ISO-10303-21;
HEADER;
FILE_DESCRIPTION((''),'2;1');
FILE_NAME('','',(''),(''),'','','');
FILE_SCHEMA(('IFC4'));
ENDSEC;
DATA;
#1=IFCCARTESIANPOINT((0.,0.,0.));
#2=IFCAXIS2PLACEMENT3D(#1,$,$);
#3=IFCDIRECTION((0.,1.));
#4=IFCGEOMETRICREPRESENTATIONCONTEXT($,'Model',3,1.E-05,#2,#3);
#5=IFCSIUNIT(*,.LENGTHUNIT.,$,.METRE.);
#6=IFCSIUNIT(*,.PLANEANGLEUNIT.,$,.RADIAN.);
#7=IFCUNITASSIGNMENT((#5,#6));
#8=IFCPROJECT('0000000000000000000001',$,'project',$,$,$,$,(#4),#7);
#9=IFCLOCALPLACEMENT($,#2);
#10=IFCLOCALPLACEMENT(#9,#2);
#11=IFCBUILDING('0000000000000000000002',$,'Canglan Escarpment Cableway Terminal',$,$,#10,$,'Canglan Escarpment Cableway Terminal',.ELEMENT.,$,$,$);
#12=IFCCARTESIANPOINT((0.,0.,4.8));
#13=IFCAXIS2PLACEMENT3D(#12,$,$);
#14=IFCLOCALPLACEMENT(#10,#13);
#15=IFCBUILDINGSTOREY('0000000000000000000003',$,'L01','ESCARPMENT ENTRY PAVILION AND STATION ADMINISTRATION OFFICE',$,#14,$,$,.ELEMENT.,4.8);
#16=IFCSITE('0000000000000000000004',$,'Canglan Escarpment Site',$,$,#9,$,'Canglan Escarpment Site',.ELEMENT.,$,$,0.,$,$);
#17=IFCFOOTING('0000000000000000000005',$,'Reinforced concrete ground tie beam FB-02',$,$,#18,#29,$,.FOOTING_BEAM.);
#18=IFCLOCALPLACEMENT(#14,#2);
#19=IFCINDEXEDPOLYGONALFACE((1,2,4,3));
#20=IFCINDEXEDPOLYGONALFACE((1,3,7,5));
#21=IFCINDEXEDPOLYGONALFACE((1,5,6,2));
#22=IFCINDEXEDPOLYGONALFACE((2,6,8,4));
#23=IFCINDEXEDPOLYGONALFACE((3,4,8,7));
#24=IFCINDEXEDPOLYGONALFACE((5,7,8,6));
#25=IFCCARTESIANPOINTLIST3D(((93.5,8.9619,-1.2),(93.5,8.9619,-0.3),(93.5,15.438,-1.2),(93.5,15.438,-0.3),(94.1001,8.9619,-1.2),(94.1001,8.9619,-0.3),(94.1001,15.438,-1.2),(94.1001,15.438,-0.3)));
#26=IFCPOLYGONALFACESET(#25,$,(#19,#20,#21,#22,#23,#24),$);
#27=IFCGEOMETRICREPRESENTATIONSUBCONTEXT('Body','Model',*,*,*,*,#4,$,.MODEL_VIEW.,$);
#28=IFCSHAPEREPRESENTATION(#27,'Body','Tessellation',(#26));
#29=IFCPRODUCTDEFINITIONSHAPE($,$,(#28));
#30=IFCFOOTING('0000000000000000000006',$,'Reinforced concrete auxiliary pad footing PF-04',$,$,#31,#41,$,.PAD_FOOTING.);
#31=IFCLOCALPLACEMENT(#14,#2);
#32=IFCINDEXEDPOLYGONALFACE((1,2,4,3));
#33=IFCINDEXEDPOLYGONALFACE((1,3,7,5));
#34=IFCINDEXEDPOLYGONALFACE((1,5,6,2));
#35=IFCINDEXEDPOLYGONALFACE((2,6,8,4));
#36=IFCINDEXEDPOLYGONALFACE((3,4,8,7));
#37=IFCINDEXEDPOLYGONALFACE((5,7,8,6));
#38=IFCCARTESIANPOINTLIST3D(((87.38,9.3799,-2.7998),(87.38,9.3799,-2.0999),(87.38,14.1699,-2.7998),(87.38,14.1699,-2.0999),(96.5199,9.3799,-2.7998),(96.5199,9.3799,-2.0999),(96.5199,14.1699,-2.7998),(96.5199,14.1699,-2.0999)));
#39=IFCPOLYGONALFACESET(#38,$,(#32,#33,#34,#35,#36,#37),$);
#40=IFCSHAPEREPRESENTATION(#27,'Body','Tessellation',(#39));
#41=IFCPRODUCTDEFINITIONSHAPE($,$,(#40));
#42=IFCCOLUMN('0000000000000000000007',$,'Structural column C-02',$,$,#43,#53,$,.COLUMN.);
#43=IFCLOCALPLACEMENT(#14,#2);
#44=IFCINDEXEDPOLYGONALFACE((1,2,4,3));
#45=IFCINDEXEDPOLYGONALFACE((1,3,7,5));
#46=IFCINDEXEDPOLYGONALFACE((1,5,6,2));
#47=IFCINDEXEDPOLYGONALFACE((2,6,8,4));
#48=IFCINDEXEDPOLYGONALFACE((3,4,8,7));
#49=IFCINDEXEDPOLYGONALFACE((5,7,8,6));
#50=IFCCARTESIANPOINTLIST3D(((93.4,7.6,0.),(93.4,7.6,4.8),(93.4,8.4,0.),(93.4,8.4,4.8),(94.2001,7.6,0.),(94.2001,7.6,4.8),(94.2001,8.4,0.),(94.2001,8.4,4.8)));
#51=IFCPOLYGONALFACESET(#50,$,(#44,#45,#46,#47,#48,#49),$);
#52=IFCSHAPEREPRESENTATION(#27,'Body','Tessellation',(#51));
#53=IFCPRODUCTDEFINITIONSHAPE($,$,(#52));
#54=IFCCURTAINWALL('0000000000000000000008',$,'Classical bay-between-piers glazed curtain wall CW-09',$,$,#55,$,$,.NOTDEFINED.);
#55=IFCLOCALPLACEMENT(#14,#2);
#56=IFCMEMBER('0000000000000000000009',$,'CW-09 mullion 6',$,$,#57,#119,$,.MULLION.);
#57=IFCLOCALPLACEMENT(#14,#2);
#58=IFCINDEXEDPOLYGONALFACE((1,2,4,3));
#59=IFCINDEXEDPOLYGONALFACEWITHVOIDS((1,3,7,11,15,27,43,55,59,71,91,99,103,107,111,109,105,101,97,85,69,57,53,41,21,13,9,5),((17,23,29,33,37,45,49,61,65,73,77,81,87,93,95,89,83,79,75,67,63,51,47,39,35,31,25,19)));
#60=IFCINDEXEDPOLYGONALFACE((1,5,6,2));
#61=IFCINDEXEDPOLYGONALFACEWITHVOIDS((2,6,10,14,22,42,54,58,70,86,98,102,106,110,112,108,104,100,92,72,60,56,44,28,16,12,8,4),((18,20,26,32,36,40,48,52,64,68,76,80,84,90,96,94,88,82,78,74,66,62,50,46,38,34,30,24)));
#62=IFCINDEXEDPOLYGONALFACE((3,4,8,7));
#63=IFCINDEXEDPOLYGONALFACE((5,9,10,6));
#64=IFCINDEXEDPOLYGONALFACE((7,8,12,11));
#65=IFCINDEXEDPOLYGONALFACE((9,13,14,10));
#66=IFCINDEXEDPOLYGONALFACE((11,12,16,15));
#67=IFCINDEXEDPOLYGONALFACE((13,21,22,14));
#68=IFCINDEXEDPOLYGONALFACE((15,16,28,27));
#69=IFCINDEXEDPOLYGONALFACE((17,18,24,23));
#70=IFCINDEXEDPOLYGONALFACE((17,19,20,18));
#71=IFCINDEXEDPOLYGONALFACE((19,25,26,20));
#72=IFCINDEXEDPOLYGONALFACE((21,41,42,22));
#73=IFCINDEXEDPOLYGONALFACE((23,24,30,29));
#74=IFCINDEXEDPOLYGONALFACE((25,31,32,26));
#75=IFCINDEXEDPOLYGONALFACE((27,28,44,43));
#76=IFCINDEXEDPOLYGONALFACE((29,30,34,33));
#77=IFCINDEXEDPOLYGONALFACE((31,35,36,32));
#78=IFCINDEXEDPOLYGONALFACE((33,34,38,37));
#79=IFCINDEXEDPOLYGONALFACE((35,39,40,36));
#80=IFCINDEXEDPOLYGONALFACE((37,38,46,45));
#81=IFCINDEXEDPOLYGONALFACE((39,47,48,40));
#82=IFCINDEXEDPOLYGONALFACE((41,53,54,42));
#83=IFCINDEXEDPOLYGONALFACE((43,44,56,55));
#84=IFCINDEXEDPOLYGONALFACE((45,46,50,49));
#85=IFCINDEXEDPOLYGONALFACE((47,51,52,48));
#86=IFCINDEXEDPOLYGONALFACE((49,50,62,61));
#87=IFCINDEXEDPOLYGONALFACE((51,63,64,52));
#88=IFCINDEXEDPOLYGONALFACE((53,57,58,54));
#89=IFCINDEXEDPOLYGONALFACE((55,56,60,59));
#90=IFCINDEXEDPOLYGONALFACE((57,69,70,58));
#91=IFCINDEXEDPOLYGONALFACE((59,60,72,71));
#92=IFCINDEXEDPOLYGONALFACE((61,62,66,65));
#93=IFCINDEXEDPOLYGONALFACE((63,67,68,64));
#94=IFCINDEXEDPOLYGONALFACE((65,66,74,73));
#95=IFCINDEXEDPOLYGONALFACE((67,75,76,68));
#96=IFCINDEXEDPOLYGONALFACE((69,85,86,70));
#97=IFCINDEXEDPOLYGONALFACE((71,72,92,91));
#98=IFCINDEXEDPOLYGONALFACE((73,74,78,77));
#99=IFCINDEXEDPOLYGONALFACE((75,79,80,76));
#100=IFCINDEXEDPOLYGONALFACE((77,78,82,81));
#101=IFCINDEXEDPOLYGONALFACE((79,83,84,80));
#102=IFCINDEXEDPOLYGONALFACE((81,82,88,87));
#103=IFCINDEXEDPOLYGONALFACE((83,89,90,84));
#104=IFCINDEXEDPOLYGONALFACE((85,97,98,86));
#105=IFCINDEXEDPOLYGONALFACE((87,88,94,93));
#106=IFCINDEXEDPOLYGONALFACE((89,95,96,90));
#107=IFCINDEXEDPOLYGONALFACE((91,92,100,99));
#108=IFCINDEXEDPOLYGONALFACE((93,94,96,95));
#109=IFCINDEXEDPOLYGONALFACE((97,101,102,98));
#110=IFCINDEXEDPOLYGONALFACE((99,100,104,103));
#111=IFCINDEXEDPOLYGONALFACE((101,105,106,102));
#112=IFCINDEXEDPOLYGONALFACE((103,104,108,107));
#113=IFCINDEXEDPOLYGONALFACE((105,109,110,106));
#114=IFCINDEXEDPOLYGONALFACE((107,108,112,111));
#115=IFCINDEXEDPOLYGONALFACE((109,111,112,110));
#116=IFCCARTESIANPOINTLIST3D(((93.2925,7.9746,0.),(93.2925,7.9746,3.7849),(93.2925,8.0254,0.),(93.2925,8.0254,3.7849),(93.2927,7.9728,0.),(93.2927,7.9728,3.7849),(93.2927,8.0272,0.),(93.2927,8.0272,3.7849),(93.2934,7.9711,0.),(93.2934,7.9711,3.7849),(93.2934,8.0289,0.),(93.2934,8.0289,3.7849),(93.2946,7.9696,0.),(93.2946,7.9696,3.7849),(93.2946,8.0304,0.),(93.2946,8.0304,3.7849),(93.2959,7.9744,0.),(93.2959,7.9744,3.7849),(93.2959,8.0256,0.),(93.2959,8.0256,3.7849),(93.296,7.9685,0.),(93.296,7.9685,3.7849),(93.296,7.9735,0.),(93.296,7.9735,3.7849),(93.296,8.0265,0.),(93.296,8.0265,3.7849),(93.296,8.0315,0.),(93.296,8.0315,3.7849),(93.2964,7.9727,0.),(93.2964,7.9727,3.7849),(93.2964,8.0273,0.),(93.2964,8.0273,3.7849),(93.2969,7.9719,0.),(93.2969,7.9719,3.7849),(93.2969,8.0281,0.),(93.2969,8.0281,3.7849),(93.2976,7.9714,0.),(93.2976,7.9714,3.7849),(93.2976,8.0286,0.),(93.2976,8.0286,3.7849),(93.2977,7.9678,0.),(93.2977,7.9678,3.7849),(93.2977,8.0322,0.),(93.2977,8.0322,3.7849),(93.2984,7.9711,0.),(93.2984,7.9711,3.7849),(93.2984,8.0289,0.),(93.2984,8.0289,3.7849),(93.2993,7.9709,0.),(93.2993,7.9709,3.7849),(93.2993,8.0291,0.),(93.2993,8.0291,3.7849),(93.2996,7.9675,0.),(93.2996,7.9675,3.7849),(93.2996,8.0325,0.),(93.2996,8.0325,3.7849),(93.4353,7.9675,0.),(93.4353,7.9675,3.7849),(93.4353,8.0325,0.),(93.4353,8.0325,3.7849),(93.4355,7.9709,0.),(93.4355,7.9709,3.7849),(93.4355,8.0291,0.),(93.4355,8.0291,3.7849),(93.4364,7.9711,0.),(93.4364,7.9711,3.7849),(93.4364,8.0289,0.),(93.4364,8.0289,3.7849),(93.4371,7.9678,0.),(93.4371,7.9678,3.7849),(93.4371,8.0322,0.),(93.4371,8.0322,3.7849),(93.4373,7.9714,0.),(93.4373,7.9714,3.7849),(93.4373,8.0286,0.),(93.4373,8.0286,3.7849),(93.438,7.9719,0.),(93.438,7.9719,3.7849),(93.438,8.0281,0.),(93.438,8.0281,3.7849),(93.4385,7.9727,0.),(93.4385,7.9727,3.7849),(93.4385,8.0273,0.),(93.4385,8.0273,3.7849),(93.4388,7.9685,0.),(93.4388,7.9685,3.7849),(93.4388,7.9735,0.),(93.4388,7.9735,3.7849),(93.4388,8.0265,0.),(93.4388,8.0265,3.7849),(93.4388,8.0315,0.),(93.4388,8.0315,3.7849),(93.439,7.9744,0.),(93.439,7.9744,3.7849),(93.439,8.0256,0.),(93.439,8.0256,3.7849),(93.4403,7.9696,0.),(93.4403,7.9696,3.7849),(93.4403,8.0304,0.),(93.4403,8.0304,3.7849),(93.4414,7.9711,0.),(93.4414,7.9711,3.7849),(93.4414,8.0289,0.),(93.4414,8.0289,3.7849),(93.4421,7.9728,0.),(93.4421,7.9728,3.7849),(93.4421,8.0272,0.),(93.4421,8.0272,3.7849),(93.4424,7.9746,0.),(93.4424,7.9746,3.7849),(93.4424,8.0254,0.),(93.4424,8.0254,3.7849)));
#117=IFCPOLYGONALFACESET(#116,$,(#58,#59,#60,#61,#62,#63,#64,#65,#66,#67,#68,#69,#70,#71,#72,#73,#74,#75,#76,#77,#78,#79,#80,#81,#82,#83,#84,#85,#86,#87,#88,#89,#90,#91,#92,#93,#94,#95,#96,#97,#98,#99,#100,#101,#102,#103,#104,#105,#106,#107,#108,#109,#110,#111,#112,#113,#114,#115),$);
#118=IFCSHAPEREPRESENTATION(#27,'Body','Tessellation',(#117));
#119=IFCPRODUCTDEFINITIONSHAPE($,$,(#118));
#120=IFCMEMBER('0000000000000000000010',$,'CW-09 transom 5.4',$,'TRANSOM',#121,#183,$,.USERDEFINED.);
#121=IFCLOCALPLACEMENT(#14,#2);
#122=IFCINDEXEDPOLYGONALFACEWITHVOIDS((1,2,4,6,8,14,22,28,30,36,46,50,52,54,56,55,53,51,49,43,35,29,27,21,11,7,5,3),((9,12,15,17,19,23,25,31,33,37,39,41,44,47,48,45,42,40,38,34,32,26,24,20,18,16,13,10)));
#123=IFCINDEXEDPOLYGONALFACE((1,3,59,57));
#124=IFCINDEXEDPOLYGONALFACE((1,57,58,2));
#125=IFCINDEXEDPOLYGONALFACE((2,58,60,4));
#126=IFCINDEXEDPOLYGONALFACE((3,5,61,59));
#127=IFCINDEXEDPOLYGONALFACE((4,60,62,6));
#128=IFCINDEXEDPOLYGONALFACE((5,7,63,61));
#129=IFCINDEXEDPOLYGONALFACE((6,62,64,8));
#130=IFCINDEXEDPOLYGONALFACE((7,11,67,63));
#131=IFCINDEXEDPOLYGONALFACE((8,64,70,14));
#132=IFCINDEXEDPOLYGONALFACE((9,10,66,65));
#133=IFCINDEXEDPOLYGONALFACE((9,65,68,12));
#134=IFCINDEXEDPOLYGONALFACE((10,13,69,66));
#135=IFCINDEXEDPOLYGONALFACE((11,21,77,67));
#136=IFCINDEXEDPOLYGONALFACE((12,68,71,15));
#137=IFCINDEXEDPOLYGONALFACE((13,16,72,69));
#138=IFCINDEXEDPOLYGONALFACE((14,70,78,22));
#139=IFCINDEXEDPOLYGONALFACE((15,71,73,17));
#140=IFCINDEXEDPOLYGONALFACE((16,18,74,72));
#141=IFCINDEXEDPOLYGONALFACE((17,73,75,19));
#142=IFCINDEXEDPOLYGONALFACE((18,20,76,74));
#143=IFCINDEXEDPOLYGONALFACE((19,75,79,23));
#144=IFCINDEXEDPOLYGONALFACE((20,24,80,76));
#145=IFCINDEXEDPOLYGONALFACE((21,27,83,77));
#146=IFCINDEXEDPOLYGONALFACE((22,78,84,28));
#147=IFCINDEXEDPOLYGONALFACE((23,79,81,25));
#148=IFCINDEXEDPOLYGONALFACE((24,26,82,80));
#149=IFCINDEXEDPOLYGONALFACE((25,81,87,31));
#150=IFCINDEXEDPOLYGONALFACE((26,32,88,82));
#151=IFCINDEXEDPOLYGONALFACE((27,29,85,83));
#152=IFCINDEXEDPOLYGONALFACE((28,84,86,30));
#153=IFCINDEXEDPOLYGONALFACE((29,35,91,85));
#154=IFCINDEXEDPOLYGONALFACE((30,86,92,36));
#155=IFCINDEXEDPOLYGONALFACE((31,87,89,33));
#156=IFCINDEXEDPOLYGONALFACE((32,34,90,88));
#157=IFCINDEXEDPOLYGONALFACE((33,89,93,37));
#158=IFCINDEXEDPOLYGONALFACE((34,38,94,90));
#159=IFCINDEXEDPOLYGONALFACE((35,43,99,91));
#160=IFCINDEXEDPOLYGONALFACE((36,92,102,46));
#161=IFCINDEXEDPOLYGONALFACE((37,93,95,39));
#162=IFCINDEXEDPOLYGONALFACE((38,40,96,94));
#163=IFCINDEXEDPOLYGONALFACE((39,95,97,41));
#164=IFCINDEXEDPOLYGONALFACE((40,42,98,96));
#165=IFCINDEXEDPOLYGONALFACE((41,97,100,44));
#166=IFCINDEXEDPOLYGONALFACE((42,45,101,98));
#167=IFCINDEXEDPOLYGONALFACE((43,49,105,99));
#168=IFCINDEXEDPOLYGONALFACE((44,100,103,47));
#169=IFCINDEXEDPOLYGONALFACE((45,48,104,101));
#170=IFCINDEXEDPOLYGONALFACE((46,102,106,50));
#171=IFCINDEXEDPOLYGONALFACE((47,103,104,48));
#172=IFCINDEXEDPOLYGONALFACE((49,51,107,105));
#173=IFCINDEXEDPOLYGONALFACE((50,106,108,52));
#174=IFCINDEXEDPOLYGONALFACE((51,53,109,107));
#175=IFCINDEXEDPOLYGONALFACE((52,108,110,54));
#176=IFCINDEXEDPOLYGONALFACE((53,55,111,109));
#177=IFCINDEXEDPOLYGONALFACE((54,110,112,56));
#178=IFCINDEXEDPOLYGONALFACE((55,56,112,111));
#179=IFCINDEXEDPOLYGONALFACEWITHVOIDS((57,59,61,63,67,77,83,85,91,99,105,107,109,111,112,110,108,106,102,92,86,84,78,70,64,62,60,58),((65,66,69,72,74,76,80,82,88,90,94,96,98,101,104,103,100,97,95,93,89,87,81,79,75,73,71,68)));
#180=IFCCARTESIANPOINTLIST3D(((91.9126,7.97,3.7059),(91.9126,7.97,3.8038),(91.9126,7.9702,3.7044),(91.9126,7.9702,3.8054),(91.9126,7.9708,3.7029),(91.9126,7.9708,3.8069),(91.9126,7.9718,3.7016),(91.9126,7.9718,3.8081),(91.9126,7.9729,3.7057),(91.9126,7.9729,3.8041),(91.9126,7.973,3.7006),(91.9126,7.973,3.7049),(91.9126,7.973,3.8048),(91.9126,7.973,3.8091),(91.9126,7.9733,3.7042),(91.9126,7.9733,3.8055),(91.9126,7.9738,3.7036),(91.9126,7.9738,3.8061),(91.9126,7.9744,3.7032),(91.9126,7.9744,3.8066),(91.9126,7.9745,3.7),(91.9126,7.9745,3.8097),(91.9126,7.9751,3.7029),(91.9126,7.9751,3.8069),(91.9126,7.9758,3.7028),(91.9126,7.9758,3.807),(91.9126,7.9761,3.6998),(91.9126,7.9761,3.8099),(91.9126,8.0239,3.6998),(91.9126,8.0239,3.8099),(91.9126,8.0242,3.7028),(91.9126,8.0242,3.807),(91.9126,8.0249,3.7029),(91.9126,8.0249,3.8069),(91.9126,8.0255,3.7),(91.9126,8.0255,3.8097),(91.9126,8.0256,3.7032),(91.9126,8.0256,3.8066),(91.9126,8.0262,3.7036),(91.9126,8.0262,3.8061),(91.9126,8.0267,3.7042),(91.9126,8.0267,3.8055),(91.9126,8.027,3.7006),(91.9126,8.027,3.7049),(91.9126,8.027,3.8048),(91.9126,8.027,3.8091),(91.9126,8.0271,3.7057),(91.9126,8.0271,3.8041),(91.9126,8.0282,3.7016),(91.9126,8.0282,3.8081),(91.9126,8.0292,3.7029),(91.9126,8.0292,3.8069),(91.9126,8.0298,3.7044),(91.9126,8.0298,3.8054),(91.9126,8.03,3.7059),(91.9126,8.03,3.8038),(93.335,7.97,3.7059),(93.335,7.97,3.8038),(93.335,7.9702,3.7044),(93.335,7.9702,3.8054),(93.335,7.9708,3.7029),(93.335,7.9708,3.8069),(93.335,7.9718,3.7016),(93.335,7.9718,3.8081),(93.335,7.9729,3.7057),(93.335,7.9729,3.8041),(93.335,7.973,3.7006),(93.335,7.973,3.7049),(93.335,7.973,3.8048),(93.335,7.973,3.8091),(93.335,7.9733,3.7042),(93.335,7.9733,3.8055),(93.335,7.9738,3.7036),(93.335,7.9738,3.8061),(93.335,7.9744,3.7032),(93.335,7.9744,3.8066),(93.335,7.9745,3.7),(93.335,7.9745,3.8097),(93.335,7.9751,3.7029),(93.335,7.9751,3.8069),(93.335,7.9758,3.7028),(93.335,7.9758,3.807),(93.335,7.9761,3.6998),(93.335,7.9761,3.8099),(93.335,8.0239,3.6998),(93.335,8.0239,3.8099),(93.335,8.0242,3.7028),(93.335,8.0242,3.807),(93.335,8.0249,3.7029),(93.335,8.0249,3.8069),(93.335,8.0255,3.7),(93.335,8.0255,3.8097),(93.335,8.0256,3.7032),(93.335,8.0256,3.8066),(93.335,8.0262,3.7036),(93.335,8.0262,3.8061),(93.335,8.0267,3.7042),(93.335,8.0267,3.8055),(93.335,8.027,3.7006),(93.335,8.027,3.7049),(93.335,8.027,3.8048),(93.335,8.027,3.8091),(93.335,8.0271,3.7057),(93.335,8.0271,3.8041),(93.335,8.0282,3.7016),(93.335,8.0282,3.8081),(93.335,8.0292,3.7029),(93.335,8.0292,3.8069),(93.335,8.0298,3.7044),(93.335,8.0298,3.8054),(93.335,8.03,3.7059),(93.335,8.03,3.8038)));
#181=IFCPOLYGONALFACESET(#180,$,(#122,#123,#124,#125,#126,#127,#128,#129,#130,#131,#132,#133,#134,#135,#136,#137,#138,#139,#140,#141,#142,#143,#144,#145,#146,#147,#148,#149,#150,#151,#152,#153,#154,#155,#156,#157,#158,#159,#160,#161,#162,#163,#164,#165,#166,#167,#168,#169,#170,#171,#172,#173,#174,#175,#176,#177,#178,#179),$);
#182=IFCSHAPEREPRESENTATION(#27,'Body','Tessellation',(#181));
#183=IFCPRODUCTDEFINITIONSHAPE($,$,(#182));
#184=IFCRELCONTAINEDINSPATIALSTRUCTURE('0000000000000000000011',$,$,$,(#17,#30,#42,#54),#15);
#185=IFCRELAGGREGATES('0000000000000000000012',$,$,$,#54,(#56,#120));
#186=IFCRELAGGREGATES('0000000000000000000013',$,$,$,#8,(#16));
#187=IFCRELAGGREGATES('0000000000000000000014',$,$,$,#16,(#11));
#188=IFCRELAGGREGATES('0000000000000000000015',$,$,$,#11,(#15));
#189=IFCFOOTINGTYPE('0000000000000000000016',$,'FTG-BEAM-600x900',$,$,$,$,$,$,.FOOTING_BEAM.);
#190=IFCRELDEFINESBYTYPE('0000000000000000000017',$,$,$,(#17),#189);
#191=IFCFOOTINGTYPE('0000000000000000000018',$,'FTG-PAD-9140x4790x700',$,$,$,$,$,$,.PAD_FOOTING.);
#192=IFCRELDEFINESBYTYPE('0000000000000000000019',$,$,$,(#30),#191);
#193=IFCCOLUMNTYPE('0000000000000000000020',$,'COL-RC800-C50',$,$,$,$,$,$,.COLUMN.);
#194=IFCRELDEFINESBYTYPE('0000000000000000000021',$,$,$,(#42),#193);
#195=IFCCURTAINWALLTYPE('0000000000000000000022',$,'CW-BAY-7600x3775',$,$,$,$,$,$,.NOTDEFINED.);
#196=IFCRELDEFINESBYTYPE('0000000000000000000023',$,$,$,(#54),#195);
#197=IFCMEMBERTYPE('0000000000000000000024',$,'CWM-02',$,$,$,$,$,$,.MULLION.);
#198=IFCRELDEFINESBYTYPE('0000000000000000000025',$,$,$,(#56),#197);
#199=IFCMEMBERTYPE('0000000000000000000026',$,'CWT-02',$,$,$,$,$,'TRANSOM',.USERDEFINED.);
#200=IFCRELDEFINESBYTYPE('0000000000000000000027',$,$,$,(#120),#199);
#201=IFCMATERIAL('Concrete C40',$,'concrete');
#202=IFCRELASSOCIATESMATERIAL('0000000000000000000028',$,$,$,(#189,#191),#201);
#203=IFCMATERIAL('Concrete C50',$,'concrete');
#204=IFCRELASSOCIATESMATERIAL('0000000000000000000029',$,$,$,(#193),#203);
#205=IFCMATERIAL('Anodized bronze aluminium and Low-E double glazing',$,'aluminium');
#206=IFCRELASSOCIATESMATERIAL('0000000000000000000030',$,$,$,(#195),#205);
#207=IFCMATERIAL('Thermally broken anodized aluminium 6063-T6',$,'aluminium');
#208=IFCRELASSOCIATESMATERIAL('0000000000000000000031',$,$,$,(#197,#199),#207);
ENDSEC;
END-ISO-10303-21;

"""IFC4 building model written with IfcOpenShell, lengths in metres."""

from ifc_helpers import new_model, si_unit, direction, frame, origin, origin_2d, place, context, subcontext, project, spatial, rectangle, hollow_rectangle, extrude, material, material_profile, profile_set, type_object, element, aggregate, save


model = new_model("IFC4")

# Units and contexts
model_context = context("Model", 3, precision=1e-05, world=origin(), true_north=direction((0.0, 1.0)))
body_context = subcontext(model_context, "Body", "Model", "MODEL_VIEW")
ifc_project = project(units=[si_unit("LENGTHUNIT", "METRE"), si_unit("PLANEANGLEUNIT", "RADIAN")], contexts=[model_context])

# Site, building, storey
site_placement = place(None, origin())
site = spatial("IfcSite", under=ifc_project, at=site_placement, Name="Canglan Escarpment Site", LongName="Canglan Escarpment Site", CompositionType="ELEMENT", RefElevation=0.0)
building_placement = place(site_placement, origin())
building = spatial("IfcBuilding", under=site, at=building_placement, Name="Canglan Escarpment Cableway Terminal", LongName="Canglan Escarpment Cableway Terminal", CompositionType="ELEMENT")
storey_placement = place(building_placement, frame((0.0, 0.0, 4.8)))
storey = spatial("IfcBuildingStorey", under=building, at=storey_placement, Name="L01", Description="ESCARPMENT ENTRY PAVILION AND STATION ADMINISTRATION OFFICE", CompositionType="ELEMENT", Elevation=4.8)

# Footings
ifc_material_1 = material(Name="Concrete C40", Category="concrete")
ifc_material_profile_1 = material_profile(ifc_material_1, rectangle(XDim=0.6001, YDim=0.8999, at=origin_2d()), Name="FB 600x900")
ifc_profile_set_1 = profile_set([ifc_material_profile_1], Name="Concrete C40")
footing_type_1 = type_object("IfcFootingType", Name="FTG-BEAM-600x900", PredefinedType="FOOTING_BEAM", material=ifc_profile_set_1)
footing_1_placement = place(storey_placement, frame((93.8, 8.9619, -0.75), z_axis=(0.0, 1.0, 0.0), x_axis=(-1.0, 0.0, 0.0)))
element("IfcFooting", 1, at=footing_1_placement, inside=storey, type_object=footing_type_1, Name="Reinforced concrete ground tie beam FB-02", PredefinedType="FOOTING_BEAM", context=body_context, shape_type="SweptSolid", body=[
    extrude(rectangle(XDim=0.6001, YDim=0.8999, at=origin_2d()), origin(), (0.0, 0.0, 1.0), 6.4761),
])
footing_type_2 = type_object("IfcFootingType", Name="FTG-PAD-9140x4790x700", PredefinedType="PAD_FOOTING", material=ifc_material_1)
footing_2_placement = place(storey_placement, frame((91.95, 11.7749, -2.7998), z_axis=(0.0, 0.0, 1.0), x_axis=(1.0, 0.0, 0.0)))
element("IfcFooting", 2, at=footing_2_placement, inside=storey, type_object=footing_type_2, Name="Reinforced concrete auxiliary pad footing PF-04", PredefinedType="PAD_FOOTING", context=body_context, shape_type="SweptSolid", body=[
    extrude(rectangle(XDim=9.1399, YDim=4.79, at=origin_2d()), origin(), (0.0, 0.0, 1.0), 0.7),
])

# Column
ifc_material_2 = material(Name="Concrete C50", Category="concrete")
ifc_material_profile_2 = material_profile(ifc_material_2, rectangle(XDim=0.8, YDim=0.8, at=origin_2d()), Name="RC 800x800")
ifc_profile_set_2 = profile_set([ifc_material_profile_2], Name="Concrete C50")
column_type = type_object("IfcColumnType", Name="COL-RC800-C50", PredefinedType="COLUMN", material=ifc_profile_set_2)
column_placement = place(storey_placement, frame((93.8, 8.0, 0.0), z_axis=(0.0, 0.0, 1.0), x_axis=(1.0, 0.0, 0.0)))
element("IfcColumn", 3, at=column_placement, inside=storey, type_object=column_type, Name="Structural column C-02", PredefinedType="COLUMN", context=body_context, shape_type="SweptSolid", body=[
    extrude(rectangle(XDim=0.8, YDim=0.8, at=origin_2d()), origin(), (0.0, 0.0, 1.0), 4.8),
])

# Curtain wall, members
ifc_material_3 = material(Name="Anodized bronze aluminium and Low-E double glazing", Category="aluminium")
curtain_wall_type = type_object("IfcCurtainWallType", Name="CW-BAY-7600x3775", PredefinedType="NOTDEFINED", material=ifc_material_3)
curtain_wall_placement = place(storey_placement, origin())
curtain_wall = element("IfcCurtainWall", 4, at=curtain_wall_placement, inside=storey, type_object=curtain_wall_type, Name="Classical bay-between-piers glazed curtain wall CW-09", PredefinedType="NOTDEFINED")
ifc_material_4 = material(Name="Thermally broken anodized aluminium 6063-T6", Category="aluminium")
ifc_material_profile_3 = material_profile(ifc_material_4, hollow_rectangle(XDim=0.0649, YDim=0.1499, WallThickness=0.0034, InnerFilletRadius=0.0034, OuterFilletRadius=0.0071, at=origin_2d()), Name="ALU-MULL 65x150x3.5")
ifc_profile_set_3 = profile_set([ifc_material_profile_3], Name="Thermally broken anodized aluminium 6063-T6")
member_type_1 = type_object("IfcMemberType", Name="CWM-02", PredefinedType="MULLION", material=ifc_profile_set_3)
member_1_placement = place(storey_placement, frame((93.3674, 8.0, 0.0), z_axis=(0.0, 0.0, 1.0), x_axis=(0.0, 1.0, 0.0)))
member_1 = element("IfcMember", 5, at=member_1_placement, type_object=member_type_1, Name="CW-09 mullion 6", PredefinedType="MULLION", context=body_context, shape_type="SweptSolid", body=[
    extrude(hollow_rectangle(XDim=0.0649, YDim=0.1499, WallThickness=0.0034, InnerFilletRadius=0.0034, OuterFilletRadius=0.0071, at=origin_2d()), origin(), (0.0, 0.0, 1.0), 3.7849),
])
ifc_material_profile_4 = material_profile(ifc_material_4, hollow_rectangle(XDim=0.0601, YDim=0.1101, WallThickness=0.0029, InnerFilletRadius=0.0029, OuterFilletRadius=0.0061, at=origin_2d()), Name="ALU-TRAN 60x110x3")
ifc_profile_set_4 = profile_set([ifc_material_profile_4], Name="Thermally broken anodized aluminium 6063-T6")
member_type_2 = type_object("IfcMemberType", Name="CWT-02", ElementType="TRANSOM", PredefinedType="USERDEFINED", material=ifc_profile_set_4)
member_2_placement = place(storey_placement, frame((91.9126, 8.0, 3.7549), z_axis=(1.0, 0.0, 0.0), x_axis=(0.0, 1.0, 0.0)))
member_2 = element("IfcMember", 6, at=member_2_placement, type_object=member_type_2, Name="CW-09 transom 5.4", ObjectType="TRANSOM", PredefinedType="USERDEFINED", context=body_context, shape_type="SweptSolid", body=[
    extrude(hollow_rectangle(XDim=0.0601, YDim=0.1101, WallThickness=0.0029, InnerFilletRadius=0.0029, OuterFilletRadius=0.0061, at=origin_2d()), origin(), (0.0, 0.0, 1.0), 1.4224),
])

aggregate(curtain_wall, [member_1, member_2])

save(model, "model.ifc")
